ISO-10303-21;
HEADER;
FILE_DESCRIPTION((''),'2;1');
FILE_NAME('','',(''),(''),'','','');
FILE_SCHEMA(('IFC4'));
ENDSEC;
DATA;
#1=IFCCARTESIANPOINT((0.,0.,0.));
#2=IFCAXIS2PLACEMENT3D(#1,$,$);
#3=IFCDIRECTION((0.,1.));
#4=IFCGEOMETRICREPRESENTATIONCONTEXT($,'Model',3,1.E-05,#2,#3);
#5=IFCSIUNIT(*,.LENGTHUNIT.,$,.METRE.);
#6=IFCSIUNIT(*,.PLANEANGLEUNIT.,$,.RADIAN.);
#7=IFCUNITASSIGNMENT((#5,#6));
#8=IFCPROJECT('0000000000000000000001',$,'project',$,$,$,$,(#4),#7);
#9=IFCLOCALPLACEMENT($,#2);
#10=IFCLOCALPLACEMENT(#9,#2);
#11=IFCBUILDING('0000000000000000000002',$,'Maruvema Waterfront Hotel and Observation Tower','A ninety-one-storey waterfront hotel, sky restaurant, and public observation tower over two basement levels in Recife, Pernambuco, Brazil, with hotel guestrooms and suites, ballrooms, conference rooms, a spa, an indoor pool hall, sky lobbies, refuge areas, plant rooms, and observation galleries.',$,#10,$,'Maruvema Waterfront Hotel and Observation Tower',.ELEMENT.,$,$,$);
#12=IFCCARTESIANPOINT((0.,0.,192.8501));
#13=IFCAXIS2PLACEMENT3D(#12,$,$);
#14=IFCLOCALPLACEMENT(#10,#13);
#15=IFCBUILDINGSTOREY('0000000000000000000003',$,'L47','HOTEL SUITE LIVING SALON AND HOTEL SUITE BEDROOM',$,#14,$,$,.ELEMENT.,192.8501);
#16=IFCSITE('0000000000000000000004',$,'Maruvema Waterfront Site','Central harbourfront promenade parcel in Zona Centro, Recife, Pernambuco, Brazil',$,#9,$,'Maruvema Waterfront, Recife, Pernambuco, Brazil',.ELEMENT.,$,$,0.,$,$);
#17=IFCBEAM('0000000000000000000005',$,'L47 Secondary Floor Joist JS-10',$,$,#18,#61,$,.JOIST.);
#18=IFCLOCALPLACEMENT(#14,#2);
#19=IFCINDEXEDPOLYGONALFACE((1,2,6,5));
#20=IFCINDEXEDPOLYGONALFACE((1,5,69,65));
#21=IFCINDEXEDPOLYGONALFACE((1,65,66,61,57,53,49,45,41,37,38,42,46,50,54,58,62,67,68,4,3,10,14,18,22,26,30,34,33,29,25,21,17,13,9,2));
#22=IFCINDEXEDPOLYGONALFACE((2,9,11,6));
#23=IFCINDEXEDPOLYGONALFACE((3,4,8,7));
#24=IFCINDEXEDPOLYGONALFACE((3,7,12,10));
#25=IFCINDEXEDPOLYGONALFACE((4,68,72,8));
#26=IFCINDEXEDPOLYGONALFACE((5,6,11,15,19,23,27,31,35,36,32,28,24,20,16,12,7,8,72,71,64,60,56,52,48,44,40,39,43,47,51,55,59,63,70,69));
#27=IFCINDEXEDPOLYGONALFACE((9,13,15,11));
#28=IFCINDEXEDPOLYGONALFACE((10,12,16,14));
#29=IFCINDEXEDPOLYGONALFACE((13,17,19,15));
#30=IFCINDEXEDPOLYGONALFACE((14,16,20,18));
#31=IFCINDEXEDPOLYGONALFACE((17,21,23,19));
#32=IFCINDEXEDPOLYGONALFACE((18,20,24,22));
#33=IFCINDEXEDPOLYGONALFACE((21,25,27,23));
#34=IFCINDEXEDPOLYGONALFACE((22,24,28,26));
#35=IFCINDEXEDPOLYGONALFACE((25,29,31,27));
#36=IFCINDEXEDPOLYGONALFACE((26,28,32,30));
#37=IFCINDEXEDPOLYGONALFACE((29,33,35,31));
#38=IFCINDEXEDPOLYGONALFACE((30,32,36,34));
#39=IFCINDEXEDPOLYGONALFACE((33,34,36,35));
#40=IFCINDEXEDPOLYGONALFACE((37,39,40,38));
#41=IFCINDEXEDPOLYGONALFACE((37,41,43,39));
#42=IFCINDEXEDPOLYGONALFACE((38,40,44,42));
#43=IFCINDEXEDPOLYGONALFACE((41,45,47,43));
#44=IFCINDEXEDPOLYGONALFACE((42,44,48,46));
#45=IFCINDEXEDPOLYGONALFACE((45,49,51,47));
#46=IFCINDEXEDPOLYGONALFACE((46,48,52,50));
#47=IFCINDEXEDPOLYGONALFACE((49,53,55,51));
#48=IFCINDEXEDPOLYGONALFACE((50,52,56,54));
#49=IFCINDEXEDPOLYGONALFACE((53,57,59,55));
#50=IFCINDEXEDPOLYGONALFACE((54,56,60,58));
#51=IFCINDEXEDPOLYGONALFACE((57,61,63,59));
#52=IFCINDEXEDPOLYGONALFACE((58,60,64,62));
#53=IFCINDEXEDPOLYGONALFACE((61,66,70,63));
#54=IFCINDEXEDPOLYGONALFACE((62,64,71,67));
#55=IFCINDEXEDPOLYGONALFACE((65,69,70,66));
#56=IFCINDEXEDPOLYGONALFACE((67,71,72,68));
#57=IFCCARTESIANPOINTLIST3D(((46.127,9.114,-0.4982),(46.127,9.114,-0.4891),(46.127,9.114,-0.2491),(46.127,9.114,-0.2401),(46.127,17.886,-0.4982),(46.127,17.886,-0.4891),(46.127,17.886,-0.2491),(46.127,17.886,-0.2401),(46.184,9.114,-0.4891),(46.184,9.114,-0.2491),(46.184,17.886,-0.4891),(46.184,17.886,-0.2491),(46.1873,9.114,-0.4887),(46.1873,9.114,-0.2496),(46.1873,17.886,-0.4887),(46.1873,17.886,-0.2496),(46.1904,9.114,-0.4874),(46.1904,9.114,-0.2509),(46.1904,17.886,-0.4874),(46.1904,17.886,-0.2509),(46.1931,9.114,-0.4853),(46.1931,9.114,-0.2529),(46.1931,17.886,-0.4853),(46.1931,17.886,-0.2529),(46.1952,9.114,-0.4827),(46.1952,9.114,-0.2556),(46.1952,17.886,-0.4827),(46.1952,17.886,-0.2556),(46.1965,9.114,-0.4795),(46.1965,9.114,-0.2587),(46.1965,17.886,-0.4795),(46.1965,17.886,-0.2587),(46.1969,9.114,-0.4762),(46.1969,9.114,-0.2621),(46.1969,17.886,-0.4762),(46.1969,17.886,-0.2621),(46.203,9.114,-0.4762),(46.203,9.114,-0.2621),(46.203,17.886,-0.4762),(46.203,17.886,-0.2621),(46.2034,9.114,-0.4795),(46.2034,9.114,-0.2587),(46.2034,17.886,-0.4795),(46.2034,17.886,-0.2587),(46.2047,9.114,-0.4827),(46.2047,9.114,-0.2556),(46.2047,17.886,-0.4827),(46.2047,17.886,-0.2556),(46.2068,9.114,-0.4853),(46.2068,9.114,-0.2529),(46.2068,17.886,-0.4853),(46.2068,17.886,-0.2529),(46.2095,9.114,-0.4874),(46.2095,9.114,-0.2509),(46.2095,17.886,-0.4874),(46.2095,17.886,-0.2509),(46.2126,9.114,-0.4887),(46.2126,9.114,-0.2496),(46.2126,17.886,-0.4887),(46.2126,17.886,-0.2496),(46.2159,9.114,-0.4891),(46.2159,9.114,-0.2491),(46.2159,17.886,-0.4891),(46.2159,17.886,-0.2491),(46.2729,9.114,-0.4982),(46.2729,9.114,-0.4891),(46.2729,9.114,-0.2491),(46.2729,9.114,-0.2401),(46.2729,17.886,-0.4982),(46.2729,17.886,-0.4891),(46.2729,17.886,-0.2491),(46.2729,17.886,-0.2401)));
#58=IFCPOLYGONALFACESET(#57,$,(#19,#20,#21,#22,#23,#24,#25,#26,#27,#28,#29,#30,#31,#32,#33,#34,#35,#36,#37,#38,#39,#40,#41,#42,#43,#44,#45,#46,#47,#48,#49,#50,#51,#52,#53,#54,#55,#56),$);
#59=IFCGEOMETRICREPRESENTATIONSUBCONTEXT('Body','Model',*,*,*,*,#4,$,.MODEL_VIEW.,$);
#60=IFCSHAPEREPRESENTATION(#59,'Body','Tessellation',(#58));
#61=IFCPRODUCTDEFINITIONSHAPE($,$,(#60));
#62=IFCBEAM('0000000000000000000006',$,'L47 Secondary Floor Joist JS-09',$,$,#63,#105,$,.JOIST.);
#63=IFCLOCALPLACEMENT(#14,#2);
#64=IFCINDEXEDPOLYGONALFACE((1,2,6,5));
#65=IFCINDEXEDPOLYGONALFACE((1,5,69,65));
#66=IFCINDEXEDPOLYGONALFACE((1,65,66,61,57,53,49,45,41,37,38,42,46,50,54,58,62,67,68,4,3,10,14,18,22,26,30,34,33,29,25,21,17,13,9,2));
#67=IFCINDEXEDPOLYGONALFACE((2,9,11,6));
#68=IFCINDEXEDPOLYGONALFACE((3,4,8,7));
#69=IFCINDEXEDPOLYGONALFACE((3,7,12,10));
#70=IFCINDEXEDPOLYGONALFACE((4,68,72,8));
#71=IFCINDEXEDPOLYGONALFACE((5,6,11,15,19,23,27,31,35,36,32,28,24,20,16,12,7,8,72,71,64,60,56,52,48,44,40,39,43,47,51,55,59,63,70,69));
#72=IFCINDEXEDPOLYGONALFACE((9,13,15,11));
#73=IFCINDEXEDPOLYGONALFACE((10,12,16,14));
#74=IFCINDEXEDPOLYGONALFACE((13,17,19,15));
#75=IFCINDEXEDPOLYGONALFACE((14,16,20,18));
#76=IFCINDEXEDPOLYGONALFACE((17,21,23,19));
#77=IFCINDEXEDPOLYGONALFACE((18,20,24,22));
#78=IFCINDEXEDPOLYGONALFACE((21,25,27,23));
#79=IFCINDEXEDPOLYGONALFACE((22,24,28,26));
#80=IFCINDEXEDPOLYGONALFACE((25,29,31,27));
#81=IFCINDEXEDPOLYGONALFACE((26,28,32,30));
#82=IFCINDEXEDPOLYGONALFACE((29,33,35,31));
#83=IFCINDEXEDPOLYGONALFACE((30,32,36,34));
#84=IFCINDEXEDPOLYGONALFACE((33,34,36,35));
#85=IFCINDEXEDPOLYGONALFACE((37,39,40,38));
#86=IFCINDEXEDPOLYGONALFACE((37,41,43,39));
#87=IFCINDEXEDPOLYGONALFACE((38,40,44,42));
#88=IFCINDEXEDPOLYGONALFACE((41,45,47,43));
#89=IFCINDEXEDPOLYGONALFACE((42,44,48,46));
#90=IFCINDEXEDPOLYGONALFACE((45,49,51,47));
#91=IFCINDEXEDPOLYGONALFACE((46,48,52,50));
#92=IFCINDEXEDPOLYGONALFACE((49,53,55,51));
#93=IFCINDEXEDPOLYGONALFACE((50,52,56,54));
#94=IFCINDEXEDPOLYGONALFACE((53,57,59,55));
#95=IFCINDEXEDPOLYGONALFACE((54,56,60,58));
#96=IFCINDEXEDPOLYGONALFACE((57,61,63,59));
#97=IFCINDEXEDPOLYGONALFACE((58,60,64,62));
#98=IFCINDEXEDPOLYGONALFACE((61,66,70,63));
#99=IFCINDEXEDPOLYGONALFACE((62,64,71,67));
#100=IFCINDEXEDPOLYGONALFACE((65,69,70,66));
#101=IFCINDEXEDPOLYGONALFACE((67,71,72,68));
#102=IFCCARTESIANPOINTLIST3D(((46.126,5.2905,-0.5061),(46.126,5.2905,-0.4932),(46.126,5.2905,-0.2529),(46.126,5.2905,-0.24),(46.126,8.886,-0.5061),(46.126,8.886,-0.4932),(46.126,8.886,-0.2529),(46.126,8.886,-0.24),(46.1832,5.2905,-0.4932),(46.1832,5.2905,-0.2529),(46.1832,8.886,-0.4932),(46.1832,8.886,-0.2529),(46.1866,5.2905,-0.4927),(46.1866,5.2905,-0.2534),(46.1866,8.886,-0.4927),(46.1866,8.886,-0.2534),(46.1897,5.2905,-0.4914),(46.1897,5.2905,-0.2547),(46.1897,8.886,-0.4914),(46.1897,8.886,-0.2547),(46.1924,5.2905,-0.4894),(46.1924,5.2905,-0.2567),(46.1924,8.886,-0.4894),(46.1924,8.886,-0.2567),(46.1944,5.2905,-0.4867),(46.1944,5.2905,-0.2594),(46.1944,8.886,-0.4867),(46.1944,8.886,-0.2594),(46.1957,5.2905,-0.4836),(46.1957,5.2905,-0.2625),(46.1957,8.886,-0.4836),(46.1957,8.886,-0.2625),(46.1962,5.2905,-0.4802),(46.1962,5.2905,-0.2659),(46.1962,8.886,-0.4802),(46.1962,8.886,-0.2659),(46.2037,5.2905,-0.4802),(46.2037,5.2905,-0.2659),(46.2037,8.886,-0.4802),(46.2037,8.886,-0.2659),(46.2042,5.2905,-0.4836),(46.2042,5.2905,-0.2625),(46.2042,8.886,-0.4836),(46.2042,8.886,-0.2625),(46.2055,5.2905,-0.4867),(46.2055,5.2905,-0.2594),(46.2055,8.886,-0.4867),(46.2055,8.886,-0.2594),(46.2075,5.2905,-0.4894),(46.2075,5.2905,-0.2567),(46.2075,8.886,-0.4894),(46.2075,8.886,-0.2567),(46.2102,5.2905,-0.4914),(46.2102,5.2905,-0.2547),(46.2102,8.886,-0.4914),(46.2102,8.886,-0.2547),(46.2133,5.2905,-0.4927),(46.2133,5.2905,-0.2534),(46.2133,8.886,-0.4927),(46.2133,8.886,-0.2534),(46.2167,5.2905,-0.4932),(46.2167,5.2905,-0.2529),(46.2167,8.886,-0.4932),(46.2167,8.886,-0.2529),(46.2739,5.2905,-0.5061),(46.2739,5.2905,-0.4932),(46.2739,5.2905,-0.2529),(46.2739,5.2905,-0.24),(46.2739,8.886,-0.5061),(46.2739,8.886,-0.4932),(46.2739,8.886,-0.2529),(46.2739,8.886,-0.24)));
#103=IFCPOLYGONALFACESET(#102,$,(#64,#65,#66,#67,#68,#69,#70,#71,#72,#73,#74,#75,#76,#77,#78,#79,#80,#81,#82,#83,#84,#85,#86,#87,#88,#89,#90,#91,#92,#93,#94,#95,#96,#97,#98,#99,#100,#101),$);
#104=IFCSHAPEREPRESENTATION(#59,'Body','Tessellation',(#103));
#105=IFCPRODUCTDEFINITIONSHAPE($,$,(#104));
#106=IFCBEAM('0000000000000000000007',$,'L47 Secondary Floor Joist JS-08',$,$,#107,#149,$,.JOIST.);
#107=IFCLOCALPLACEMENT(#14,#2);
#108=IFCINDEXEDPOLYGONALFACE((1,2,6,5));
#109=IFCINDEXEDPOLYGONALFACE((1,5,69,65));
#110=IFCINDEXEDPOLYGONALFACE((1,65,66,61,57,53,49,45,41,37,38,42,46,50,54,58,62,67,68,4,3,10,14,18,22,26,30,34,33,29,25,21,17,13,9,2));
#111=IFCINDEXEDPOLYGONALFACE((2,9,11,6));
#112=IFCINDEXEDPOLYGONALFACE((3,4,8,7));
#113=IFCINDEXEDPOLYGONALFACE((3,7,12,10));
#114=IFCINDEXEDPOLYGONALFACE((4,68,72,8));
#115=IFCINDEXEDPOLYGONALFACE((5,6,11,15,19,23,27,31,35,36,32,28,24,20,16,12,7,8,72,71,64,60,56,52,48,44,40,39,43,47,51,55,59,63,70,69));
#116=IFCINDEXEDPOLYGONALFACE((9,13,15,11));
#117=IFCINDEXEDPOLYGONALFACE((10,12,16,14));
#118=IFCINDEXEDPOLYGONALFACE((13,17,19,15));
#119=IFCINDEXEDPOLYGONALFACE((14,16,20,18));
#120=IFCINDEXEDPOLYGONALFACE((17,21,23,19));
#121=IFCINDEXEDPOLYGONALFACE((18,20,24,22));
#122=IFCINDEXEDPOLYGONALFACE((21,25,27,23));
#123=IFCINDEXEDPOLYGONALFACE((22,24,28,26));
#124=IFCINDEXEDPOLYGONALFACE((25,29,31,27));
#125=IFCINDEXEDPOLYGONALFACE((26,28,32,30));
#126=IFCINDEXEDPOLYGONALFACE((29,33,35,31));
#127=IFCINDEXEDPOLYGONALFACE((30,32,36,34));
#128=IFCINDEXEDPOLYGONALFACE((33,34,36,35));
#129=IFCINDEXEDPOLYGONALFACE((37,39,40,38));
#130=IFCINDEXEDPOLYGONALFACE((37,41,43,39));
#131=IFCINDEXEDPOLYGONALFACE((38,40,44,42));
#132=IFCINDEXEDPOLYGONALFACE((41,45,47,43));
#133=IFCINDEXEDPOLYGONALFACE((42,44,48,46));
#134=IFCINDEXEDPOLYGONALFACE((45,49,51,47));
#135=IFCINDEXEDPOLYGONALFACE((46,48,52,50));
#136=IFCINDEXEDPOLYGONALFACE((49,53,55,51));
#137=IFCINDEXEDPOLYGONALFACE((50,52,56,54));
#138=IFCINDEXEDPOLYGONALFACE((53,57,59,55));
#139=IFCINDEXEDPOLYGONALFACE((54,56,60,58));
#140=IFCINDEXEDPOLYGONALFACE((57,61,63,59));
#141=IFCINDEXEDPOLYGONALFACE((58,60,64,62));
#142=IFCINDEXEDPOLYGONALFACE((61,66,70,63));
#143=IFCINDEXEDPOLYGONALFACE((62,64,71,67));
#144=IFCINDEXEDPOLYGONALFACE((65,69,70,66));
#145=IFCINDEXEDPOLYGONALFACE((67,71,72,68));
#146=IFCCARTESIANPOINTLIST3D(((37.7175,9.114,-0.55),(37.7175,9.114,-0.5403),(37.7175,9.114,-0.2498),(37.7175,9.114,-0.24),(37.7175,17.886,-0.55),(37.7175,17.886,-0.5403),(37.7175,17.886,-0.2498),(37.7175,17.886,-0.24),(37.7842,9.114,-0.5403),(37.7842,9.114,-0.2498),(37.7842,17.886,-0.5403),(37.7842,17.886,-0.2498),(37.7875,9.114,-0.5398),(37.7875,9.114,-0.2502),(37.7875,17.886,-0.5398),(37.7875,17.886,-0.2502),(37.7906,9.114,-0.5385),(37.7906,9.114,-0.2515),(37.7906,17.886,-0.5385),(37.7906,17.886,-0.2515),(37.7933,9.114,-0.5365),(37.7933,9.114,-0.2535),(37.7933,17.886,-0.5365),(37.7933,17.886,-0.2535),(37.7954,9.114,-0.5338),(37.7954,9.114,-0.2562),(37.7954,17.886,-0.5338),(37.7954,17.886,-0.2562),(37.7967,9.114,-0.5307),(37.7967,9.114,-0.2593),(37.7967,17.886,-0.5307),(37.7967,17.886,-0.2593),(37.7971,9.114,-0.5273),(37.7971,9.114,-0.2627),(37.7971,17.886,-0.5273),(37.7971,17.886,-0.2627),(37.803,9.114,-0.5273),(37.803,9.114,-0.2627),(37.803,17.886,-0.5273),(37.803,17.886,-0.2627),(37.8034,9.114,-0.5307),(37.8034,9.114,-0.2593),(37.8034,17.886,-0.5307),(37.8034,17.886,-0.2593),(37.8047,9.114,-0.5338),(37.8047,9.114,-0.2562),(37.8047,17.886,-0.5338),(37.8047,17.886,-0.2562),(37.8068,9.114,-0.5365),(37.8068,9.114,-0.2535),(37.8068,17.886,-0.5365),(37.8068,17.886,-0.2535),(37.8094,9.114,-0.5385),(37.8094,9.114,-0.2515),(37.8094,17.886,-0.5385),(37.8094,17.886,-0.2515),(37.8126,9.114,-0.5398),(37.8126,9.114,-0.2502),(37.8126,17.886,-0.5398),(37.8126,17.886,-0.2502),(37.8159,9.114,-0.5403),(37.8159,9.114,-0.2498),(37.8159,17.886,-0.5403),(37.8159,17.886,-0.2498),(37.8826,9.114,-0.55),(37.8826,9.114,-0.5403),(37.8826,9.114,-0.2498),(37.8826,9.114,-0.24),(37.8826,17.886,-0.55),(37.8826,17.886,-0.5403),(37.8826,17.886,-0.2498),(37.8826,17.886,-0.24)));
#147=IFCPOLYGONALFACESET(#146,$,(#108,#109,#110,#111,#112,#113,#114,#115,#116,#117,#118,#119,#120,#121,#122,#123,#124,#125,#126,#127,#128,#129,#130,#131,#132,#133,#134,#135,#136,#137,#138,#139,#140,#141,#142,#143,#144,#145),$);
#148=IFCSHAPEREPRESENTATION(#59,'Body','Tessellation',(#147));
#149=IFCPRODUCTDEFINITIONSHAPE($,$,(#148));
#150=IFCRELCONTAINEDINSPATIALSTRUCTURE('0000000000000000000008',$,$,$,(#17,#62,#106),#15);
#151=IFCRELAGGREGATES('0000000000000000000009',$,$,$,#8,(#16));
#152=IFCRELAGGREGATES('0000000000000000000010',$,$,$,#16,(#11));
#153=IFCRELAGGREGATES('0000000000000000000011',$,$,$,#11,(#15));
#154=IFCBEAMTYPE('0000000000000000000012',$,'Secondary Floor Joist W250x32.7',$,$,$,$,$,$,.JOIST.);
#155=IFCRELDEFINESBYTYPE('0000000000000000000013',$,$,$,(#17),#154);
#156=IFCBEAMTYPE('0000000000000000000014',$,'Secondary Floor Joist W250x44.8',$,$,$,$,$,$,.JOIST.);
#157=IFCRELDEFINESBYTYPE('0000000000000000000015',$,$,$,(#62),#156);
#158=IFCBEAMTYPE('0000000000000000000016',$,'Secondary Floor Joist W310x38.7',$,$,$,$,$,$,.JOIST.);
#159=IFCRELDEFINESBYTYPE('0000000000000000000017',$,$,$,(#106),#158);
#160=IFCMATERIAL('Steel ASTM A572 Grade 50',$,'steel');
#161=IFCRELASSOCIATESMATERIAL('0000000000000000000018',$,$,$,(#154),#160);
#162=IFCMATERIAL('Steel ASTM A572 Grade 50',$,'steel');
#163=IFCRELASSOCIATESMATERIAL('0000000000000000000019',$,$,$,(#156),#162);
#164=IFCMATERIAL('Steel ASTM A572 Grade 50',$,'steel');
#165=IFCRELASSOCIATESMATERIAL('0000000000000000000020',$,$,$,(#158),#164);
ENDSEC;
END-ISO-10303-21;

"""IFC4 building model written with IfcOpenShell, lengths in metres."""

from ifc_helpers import new_model, si_unit, direction, frame, origin, origin_2d, place, context, subcontext, project, spatial, i_section, extrude, material, material_profile, profile_set, type_object, element, save


model = new_model("IFC4")

# Units and contexts
model_context = context("Model", 3, precision=1e-05, world=origin(), true_north=direction((0.0, 1.0)))
body_context = subcontext(model_context, "Body", "Model", "MODEL_VIEW")
ifc_project = project(units=[si_unit("LENGTHUNIT", "METRE"), si_unit("PLANEANGLEUNIT", "RADIAN")], contexts=[model_context])

# Site, building, storey
site_placement = place(None, origin())
site = spatial("IfcSite", under=ifc_project, at=site_placement, Name="Maruvema Waterfront Site", Description="Central harbourfront promenade parcel in Zona Centro, Recife, Pernambuco, Brazil", LongName="Maruvema Waterfront, Recife, Pernambuco, Brazil", CompositionType="ELEMENT", RefElevation=0.0)
building_placement = place(site_placement, origin())
building = spatial("IfcBuilding", under=site, at=building_placement, Name="Maruvema Waterfront Hotel and Observation Tower", Description="A ninety-one-storey waterfront hotel, sky restaurant, and public observation tower over two basement levels in Recife, Pernambuco, Brazil, with hotel guestrooms and suites, ballrooms, conference rooms, a spa, an indoor pool hall, sky lobbies, refuge areas, plant rooms, and observation galleries.", LongName="Maruvema Waterfront Hotel and Observation Tower", CompositionType="ELEMENT")
storey_placement = place(building_placement, frame((0.0, 0.0, 192.8501)))
storey = spatial("IfcBuildingStorey", under=building, at=storey_placement, Name="L47", Description="HOTEL SUITE LIVING SALON AND HOTEL SUITE BEDROOM", CompositionType="ELEMENT", Elevation=192.8501)

# Beams
ifc_material_1 = material(Name="Steel ASTM A572 Grade 50", Category="steel")
ifc_material_profile_1 = material_profile(ifc_material_1, i_section(OverallWidth=0.146, OverallDepth=0.2581, WebThickness=0.0061, FlangeThickness=0.009, FilletRadius=0.0129, at=origin_2d()), Name="W250x32.7")
ifc_profile_set_1 = profile_set([ifc_material_profile_1], Name="Steel ASTM A572 Grade 50")
beam_type_1 = type_object("IfcBeamType", Name="Secondary Floor Joist W250x32.7", PredefinedType="JOIST", material=ifc_profile_set_1)
beam_1_placement = place(storey_placement, frame((46.2, 9.114, -0.3691), z_axis=(0.0, 1.0, 0.0), x_axis=(-1.0, 0.0, 0.0)))
element("IfcBeam", 1, at=beam_1_placement, inside=storey, type_object=beam_type_1, Name="L47 Secondary Floor Joist JS-10", PredefinedType="JOIST", context=body_context, shape_type="SweptSolid", body=[
    extrude(i_section(OverallWidth=0.146, OverallDepth=0.2581, WebThickness=0.0061, FlangeThickness=0.009, FilletRadius=0.0129, at=origin_2d()), origin(), (0.0, 0.0, 1.0), 8.772),
])
ifc_material_2 = material(Name="Steel ASTM A572 Grade 50", Category="steel")
ifc_material_profile_2 = material_profile(ifc_material_2, i_section(OverallWidth=0.1479, OverallDepth=0.2661, WebThickness=0.0076, FlangeThickness=0.0129, FilletRadius=0.0129, at=origin_2d()), Name="W250x44.8")
ifc_profile_set_2 = profile_set([ifc_material_profile_2], Name="Steel ASTM A572 Grade 50")
beam_type_2 = type_object("IfcBeamType", Name="Secondary Floor Joist W250x44.8", PredefinedType="JOIST", material=ifc_profile_set_2)
beam_2_placement = place(storey_placement, frame((46.2, 5.2905, -0.373), z_axis=(0.0, 1.0, 0.0), x_axis=(-1.0, 0.0, 0.0)))
element("IfcBeam", 2, at=beam_2_placement, inside=storey, type_object=beam_type_2, Name="L47 Secondary Floor Joist JS-09", PredefinedType="JOIST", context=body_context, shape_type="SweptSolid", body=[
    extrude(i_section(OverallWidth=0.1479, OverallDepth=0.2661, WebThickness=0.0076, FlangeThickness=0.0129, FilletRadius=0.0129, at=origin_2d()), origin(), (0.0, 0.0, 1.0), 3.5955),
])
ifc_material_3 = material(Name="Steel ASTM A572 Grade 50", Category="steel")
ifc_material_profile_3 = material_profile(ifc_material_3, i_section(OverallWidth=0.165, OverallDepth=0.3101, WebThickness=0.0059, FlangeThickness=0.0098, FilletRadius=0.0129, at=origin_2d()), Name="W310x38.7")
ifc_profile_set_3 = profile_set([ifc_material_profile_3], Name="Steel ASTM A572 Grade 50")
beam_type_3 = type_object("IfcBeamType", Name="Secondary Floor Joist W310x38.7", PredefinedType="JOIST", material=ifc_profile_set_3)
beam_3_placement = place(storey_placement, frame((37.8, 9.114, -0.395), z_axis=(0.0, 1.0, 0.0), x_axis=(-1.0, 0.0, 0.0)))
element("IfcBeam", 3, at=beam_3_placement, inside=storey, type_object=beam_type_3, Name="L47 Secondary Floor Joist JS-08", PredefinedType="JOIST", context=body_context, shape_type="SweptSolid", body=[
    extrude(i_section(OverallWidth=0.165, OverallDepth=0.3101, WebThickness=0.0059, FlangeThickness=0.0098, FilletRadius=0.0129, at=origin_2d()), origin(), (0.0, 0.0, 1.0), 8.772),
])

save(model, "model.ifc")
